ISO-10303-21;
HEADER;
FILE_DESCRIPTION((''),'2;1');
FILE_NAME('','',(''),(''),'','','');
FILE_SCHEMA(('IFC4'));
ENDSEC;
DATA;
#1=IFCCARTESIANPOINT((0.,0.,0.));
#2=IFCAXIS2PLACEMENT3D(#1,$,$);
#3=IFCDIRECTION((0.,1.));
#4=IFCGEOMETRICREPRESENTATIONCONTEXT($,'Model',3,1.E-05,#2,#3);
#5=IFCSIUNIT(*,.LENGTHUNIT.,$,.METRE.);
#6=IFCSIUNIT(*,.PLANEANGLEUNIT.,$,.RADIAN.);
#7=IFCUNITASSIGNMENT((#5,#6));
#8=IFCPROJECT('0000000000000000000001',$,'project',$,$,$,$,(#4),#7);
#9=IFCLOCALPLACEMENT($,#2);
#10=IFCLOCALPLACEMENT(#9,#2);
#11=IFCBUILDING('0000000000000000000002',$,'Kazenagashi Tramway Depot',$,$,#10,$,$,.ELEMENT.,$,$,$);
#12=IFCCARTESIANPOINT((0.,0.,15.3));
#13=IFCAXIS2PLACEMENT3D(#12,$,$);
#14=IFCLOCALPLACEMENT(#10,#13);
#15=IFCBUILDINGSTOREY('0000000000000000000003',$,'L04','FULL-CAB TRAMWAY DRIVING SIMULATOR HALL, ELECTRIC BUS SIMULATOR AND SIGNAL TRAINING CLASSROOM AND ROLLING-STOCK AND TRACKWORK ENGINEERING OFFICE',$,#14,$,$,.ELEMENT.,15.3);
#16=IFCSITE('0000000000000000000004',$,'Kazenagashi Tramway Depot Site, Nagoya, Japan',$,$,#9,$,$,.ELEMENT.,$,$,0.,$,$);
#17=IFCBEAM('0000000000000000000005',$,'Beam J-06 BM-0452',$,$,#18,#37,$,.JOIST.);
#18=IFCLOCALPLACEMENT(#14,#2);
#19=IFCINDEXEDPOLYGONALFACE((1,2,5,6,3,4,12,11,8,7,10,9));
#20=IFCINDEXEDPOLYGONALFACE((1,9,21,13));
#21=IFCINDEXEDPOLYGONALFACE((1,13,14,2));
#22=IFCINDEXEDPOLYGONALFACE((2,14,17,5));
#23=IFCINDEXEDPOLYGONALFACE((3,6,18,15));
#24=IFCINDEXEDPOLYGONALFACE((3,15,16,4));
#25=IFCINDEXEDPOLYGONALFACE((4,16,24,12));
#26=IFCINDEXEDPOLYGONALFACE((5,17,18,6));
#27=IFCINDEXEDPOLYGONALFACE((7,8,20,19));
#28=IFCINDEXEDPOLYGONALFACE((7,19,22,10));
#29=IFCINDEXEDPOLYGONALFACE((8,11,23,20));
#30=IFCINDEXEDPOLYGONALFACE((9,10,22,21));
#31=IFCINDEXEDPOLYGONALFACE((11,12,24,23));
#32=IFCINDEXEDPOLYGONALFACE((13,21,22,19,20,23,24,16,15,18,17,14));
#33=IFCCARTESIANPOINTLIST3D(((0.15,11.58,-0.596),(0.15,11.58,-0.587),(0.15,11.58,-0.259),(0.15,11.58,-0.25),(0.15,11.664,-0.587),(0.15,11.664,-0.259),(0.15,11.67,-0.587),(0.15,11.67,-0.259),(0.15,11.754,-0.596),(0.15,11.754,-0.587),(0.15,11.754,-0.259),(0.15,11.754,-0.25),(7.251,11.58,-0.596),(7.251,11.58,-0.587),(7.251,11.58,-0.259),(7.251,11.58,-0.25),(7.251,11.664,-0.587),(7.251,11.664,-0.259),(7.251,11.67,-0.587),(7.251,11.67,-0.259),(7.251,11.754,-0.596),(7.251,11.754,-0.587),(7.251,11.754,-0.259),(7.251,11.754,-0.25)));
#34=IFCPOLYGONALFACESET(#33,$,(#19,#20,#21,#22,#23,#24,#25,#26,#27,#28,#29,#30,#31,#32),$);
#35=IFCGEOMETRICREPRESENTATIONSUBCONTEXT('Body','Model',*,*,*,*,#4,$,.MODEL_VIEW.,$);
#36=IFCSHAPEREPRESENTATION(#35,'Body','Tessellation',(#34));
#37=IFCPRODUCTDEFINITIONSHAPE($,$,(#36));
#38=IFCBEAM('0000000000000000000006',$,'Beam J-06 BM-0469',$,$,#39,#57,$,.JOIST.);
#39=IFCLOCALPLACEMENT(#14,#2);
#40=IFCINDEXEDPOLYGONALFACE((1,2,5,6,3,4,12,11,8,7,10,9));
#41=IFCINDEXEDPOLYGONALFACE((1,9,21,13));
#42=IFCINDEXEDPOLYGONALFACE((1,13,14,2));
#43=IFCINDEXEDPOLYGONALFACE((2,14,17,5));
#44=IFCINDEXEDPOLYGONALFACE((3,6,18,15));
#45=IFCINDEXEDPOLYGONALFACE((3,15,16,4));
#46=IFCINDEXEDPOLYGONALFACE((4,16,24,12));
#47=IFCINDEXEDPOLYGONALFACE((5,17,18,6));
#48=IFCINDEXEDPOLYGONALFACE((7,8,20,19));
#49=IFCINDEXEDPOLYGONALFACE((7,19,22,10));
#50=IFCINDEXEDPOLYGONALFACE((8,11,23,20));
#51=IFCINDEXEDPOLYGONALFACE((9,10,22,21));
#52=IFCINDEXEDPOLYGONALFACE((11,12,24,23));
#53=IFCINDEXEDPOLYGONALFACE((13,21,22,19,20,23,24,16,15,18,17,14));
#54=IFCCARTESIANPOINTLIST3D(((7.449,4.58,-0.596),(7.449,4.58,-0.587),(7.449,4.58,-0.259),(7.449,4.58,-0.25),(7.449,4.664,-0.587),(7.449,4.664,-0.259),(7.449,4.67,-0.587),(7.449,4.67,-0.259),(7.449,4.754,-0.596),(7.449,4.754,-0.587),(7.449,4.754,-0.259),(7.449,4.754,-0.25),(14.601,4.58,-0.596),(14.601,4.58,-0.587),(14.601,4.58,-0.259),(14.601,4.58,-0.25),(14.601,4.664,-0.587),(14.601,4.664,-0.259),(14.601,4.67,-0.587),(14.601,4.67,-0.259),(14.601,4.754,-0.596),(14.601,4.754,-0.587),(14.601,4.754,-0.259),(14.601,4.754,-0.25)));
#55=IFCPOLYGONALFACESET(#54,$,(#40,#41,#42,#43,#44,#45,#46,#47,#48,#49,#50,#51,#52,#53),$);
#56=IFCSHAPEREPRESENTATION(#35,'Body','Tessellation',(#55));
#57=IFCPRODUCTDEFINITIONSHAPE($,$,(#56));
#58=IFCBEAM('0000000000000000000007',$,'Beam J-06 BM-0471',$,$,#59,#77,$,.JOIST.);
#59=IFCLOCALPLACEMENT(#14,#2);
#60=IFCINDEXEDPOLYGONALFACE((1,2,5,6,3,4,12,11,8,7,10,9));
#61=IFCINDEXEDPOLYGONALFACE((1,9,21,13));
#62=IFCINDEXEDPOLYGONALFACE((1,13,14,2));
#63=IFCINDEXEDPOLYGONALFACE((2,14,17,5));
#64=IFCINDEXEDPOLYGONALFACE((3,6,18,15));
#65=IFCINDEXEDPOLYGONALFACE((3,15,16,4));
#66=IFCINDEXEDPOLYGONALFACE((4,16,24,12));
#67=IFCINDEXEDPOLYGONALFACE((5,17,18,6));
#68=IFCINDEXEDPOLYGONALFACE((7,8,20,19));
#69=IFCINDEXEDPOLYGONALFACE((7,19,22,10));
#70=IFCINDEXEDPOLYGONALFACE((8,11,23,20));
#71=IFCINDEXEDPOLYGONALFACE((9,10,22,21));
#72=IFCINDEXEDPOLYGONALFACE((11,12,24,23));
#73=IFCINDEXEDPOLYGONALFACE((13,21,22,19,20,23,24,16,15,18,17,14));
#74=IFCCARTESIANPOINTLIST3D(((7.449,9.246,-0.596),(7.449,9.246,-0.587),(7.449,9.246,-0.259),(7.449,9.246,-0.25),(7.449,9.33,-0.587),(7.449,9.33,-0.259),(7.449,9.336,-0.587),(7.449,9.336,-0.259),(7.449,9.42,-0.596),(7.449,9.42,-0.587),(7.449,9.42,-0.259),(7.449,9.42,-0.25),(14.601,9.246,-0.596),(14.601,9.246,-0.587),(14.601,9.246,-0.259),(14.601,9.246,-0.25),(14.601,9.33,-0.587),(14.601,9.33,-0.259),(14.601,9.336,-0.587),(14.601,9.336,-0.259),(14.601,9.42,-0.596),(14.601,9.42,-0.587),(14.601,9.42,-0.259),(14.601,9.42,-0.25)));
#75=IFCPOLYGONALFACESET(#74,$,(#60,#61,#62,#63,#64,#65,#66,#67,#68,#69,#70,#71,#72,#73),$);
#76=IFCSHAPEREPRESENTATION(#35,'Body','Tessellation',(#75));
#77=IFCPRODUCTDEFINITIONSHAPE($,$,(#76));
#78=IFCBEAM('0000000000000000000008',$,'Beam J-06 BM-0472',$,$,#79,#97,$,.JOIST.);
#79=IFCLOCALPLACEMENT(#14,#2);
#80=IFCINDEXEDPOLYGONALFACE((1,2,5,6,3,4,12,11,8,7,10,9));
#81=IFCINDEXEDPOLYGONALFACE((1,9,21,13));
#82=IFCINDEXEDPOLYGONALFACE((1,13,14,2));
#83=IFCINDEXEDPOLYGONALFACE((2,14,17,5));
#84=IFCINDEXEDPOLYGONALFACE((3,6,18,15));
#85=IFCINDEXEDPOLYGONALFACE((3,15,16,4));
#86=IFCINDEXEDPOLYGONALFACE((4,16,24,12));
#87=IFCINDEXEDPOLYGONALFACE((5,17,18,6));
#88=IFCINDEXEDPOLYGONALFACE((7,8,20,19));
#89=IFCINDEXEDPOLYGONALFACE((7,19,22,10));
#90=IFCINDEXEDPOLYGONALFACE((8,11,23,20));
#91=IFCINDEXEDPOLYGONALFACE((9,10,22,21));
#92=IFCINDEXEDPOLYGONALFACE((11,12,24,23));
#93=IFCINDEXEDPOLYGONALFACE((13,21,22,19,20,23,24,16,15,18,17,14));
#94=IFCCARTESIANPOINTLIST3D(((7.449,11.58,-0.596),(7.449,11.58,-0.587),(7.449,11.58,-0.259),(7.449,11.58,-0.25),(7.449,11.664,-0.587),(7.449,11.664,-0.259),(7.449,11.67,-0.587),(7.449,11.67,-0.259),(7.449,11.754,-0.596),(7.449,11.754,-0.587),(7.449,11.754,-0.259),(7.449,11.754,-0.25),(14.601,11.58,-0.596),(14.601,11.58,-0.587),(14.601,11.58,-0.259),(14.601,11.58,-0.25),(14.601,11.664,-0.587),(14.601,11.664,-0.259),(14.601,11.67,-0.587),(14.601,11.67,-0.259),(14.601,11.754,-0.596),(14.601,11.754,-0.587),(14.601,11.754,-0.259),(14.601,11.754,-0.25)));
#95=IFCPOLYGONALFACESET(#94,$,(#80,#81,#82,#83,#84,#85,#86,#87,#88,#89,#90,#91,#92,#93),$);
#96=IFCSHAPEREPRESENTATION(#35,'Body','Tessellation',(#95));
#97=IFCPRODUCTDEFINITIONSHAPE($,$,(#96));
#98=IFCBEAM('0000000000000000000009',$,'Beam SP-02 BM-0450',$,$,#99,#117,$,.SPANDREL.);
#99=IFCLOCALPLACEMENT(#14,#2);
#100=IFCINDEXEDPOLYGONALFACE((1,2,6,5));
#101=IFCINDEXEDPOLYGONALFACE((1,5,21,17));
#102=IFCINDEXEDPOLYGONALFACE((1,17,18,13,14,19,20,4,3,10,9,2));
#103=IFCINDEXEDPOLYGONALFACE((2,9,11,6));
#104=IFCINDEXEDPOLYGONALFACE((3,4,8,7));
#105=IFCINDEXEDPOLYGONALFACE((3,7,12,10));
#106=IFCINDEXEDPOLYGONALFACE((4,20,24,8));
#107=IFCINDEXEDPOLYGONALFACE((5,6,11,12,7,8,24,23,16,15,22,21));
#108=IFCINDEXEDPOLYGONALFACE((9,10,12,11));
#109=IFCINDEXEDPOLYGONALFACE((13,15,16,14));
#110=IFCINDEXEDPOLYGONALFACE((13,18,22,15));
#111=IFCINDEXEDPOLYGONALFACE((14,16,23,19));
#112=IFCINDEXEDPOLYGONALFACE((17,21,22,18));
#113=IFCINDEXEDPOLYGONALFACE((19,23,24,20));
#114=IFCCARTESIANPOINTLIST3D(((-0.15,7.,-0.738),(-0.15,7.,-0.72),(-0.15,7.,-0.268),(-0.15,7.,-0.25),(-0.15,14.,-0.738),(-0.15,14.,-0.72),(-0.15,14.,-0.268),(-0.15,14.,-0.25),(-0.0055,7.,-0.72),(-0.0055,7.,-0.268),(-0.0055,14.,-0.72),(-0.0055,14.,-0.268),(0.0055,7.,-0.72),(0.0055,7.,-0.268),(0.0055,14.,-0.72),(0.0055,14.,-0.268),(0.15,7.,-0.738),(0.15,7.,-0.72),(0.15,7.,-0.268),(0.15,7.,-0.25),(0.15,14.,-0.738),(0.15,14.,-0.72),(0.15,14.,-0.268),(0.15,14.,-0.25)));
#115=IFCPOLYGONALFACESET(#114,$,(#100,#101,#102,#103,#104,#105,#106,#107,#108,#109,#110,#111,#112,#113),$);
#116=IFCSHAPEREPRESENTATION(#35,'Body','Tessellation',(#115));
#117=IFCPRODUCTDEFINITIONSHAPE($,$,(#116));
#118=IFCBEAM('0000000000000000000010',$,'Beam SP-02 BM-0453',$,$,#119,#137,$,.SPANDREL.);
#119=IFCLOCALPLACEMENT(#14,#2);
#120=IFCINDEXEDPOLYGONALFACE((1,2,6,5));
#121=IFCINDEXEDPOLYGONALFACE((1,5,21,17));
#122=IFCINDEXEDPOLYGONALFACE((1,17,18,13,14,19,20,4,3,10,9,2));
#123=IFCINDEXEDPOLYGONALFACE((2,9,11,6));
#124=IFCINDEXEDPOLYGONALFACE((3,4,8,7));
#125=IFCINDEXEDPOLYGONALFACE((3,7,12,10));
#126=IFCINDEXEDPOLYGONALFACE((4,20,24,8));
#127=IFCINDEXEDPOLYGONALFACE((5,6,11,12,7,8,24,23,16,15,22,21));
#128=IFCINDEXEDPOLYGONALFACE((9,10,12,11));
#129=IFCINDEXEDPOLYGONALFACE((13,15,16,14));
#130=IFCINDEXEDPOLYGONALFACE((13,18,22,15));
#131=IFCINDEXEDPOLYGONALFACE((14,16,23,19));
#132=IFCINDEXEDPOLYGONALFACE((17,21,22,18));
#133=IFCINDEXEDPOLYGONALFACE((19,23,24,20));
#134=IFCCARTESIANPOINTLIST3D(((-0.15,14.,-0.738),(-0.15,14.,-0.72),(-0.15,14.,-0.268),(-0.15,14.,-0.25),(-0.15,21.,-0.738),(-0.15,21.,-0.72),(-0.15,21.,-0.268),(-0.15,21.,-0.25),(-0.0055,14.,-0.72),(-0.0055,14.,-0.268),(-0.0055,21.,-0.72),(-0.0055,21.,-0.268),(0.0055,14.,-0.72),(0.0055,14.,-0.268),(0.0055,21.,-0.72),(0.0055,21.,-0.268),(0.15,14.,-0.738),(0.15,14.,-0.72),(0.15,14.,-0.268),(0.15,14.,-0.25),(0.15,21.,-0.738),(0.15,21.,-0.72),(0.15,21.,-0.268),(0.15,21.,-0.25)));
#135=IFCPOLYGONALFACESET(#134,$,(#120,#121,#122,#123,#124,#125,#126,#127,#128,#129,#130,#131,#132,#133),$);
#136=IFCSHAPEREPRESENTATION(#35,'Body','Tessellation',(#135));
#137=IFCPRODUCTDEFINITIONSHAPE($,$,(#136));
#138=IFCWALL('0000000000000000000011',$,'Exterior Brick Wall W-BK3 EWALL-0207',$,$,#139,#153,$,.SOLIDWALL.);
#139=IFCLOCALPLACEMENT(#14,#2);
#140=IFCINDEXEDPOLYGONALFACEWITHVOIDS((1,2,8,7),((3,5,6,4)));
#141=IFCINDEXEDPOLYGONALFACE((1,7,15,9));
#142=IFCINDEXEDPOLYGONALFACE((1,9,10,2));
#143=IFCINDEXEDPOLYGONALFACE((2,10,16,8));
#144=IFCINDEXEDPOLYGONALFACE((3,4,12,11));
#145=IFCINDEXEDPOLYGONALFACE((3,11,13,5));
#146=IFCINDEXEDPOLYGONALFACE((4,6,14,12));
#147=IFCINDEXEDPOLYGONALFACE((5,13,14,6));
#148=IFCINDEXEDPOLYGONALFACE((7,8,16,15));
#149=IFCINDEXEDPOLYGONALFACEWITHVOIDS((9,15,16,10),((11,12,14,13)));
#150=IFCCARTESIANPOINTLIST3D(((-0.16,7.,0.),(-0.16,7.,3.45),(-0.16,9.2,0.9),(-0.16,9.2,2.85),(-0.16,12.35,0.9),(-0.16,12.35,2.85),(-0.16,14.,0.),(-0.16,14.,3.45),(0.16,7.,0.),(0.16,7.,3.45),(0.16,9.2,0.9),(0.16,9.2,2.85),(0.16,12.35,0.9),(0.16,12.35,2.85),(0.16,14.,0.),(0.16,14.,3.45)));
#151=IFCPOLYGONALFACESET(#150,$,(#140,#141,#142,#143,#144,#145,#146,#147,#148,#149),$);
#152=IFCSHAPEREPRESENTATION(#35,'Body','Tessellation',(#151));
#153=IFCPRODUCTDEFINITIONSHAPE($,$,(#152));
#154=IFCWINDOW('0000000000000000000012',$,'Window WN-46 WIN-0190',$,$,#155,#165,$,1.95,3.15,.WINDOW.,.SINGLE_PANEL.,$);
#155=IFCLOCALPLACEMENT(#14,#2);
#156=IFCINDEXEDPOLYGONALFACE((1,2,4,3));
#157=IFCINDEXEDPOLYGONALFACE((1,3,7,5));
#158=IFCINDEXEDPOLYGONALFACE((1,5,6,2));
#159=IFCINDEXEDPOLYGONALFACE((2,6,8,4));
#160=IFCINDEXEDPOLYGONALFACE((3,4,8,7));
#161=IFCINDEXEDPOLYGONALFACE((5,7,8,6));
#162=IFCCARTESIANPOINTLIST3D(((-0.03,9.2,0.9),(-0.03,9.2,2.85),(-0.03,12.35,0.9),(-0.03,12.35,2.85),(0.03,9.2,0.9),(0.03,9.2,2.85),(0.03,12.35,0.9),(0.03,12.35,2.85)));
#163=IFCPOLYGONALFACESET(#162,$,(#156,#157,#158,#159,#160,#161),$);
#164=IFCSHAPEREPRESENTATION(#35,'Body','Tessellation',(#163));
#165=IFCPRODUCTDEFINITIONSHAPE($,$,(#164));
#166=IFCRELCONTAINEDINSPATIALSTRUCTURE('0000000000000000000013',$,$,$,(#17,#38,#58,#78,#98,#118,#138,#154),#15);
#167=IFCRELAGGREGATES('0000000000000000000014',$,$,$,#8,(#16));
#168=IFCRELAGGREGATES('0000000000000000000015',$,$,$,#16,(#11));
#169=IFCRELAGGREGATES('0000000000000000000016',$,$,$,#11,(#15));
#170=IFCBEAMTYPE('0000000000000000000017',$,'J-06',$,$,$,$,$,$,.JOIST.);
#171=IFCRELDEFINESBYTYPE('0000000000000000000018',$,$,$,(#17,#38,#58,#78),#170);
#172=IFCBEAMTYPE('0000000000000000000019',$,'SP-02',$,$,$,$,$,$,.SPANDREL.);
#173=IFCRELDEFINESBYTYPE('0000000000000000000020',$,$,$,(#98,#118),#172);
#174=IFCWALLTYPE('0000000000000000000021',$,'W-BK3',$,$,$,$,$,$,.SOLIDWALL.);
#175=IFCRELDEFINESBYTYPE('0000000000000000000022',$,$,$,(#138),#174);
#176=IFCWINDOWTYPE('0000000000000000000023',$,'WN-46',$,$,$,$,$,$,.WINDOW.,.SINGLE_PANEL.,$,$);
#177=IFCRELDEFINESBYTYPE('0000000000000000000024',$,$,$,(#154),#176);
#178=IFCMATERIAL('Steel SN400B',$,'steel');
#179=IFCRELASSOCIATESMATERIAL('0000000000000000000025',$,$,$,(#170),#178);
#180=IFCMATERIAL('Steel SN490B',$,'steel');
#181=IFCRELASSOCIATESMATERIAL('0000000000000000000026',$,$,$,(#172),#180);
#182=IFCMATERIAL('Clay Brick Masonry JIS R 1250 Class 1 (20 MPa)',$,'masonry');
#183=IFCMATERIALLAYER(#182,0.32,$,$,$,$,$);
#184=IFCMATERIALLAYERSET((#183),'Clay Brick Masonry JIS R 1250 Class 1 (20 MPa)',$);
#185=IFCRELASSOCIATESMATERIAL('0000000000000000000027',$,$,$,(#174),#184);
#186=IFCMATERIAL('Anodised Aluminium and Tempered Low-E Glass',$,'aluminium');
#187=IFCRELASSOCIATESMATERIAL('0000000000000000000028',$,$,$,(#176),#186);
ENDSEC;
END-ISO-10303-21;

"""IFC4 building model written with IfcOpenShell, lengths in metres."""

from ifc_helpers import new_model, si_unit, direction, frame, frame_2d, origin, origin_2d, place, context, subcontext, project, spatial, rectangle, i_section, extrude, material, layer, layer_set, material_profile, profile_set, type_object, element, fill, save


model = new_model("IFC4")

# Units and contexts
model_context = context("Model", 3, precision=1e-05, world=origin(), true_north=direction((0.0, 1.0)))
body_context = subcontext(model_context, "Body", "Model", "MODEL_VIEW")
ifc_project = project(units=[si_unit("LENGTHUNIT", "METRE"), si_unit("PLANEANGLEUNIT", "RADIAN")], contexts=[model_context])

# Site, building, storey
site_placement = place(None, origin())
site = spatial("IfcSite", under=ifc_project, at=site_placement, Name="Kazenagashi Tramway Depot Site, Nagoya, Japan", CompositionType="ELEMENT", RefElevation=0.0)
building_placement = place(site_placement, origin())
building = spatial("IfcBuilding", under=site, at=building_placement, Name="Kazenagashi Tramway Depot", CompositionType="ELEMENT")
storey_placement = place(building_placement, frame((0.0, 0.0, 15.3)))
storey = spatial("IfcBuildingStorey", under=building, at=storey_placement, Name="L04", Description="FULL-CAB TRAMWAY DRIVING SIMULATOR HALL, ELECTRIC BUS SIMULATOR AND SIGNAL TRAINING CLASSROOM AND ROLLING-STOCK AND TRACKWORK ENGINEERING OFFICE", CompositionType="ELEMENT", Elevation=15.3)

# Shared definitions
ifc_material_1 = material(Name="Steel SN490B", Category="steel")

# Beams
ifc_material_2 = material(Name="Steel SN400B", Category="steel")
ifc_material_profile_1 = material_profile(ifc_material_2, i_section(OverallWidth=0.174, OverallDepth=0.346, WebThickness=0.006, FlangeThickness=0.009, at=origin_2d()), Name="H-346x174x6x9")
ifc_profile_set_1 = profile_set([ifc_material_profile_1], Name="Steel SN400B")
beam_type_1 = type_object("IfcBeamType", Name="J-06", PredefinedType="JOIST", material=ifc_profile_set_1)
for number, where, z_axis, x_axis, name in (
    (1, (0.15, 11.667, -0.423), (1.0, 0.0, 0.0), (0.0, 1.0, 0.0), "Beam J-06 BM-0452"),
):
    element("IfcBeam", number, at=place(storey_placement, frame(where, z_axis=z_axis, x_axis=x_axis)), inside=storey, type_object=beam_type_1, Name=name, PredefinedType="JOIST", context=body_context, shape_type="SweptSolid", body=[
        extrude(i_section(OverallWidth=0.174, OverallDepth=0.346, WebThickness=0.006, FlangeThickness=0.009, at=origin_2d()), origin(), (0.0, 0.0, 1.0), 7.101),
    ])
for number, where, z_axis, x_axis, name in (
    (2, (7.449, 4.667, -0.423), (1.0, 0.0, 0.0), (0.0, 1.0, 0.0), "Beam J-06 BM-0469"),
    (3, (7.449, 9.333, -0.423), (1.0, 0.0, 0.0), (0.0, 1.0, 0.0), "Beam J-06 BM-0471"),
    (4, (7.449, 11.667, -0.423), (1.0, 0.0, 0.0), (0.0, 1.0, 0.0), "Beam J-06 BM-0472"),
):
    element("IfcBeam", number, at=place(storey_placement, frame(where, z_axis=z_axis, x_axis=x_axis)), inside=storey, type_object=beam_type_1, Name=name, PredefinedType="JOIST", context=body_context, shape_type="SweptSolid", body=[
        extrude(i_section(OverallWidth=0.174, OverallDepth=0.346, WebThickness=0.006, FlangeThickness=0.009, at=origin_2d()), origin(), (0.0, 0.0, 1.0), 7.152),
    ])
ifc_material_profile_2 = material_profile(ifc_material_1, i_section(OverallWidth=0.3, OverallDepth=0.488, WebThickness=0.011, FlangeThickness=0.018, at=origin_2d()), Name="H-488x300x11x18")
ifc_profile_set_2 = profile_set([ifc_material_profile_2], Name="Steel SN490B")
beam_type_2 = type_object("IfcBeamType", Name="SP-02", PredefinedType="SPANDREL", material=ifc_profile_set_2)
for number, where, z_axis, x_axis, name in (
    (5, (0.0, 7.0, -0.494), (0.0, 1.0, 0.0), (-1.0, 0.0, 0.0), "Beam SP-02 BM-0450"),
    (6, (0.0, 14.0, -0.494), (0.0, 1.0, 0.0), (-1.0, 0.0, 0.0), "Beam SP-02 BM-0453"),
):
    element("IfcBeam", number, at=place(storey_placement, frame(where, z_axis=z_axis, x_axis=x_axis)), inside=storey, type_object=beam_type_2, Name=name, PredefinedType="SPANDREL", context=body_context, shape_type="SweptSolid", body=[
        extrude(i_section(OverallWidth=0.3, OverallDepth=0.488, WebThickness=0.011, FlangeThickness=0.018, at=origin_2d()), origin(), (0.0, 0.0, 1.0), 7.0),
    ])

# Wall, opening, window
ifc_material_3 = material(Name="Clay Brick Masonry JIS R 1250 Class 1 (20 MPa)", Category="masonry")
ifc_layer_1 = layer(ifc_material_3, 0.32)
ifc_layer_set_1 = layer_set([ifc_layer_1], Name="Clay Brick Masonry JIS R 1250 Class 1 (20 MPa)")
wall_type_1 = type_object("IfcWallType", Name="W-BK3", PredefinedType="SOLIDWALL", material=ifc_layer_set_1)
wall_1_placement = place(storey_placement, frame((0.0, 7.0, 0.0), z_axis=(0.0, 0.0, 1.0), x_axis=(0.0, 1.0, 0.0)))
wall_1 = element("IfcWall", 7, at=wall_1_placement, inside=storey, type_object=wall_type_1, Name="Exterior Brick Wall W-BK3 EWALL-0207", PredefinedType="SOLIDWALL", context=body_context, shape_type="SweptSolid", body=[
    extrude(rectangle(XDim=7.0, YDim=0.32, at=frame_2d((3.5, 0.0))), origin(), (0.0, 0.0, 1.0), 3.45),
])
opening_1_placement = place(wall_1_placement, frame((2.2, 0.0, 0.9)))
opening_1 = element("IfcOpeningElement", 8, at=opening_1_placement, cuts=wall_1, PredefinedType="OPENING", context=body_context, shape_type="SweptSolid", body=[
    extrude(rectangle(XDim=3.15, YDim=1.95, at=frame_2d((1.575, 0.975))), frame((0.0, 0.17, 0.0), z_axis=(0.0, -1.0, 0.0), x_axis=(1.0, 0.0, 0.0)), (0.0, 0.0, 1.0), 0.34),
])
ifc_material_4 = material(Name="Anodised Aluminium and Tempered Low-E Glass", Category="aluminium")
window_type = type_object("IfcWindowType", Name="WN-46", PartitioningType="SINGLE_PANEL", PredefinedType="WINDOW", material=ifc_material_4)
window_placement = place(opening_1_placement, origin())
window = element("IfcWindow", 9, at=window_placement, inside=storey, type_object=window_type, Name="Window WN-46 WIN-0190", OverallHeight=1.95, OverallWidth=3.15, PartitioningType="SINGLE_PANEL", PredefinedType="WINDOW", context=body_context, shape_type="SweptSolid", body=[
    extrude(rectangle(XDim=3.15, YDim=1.95, at=frame_2d((1.575, 0.975))), frame((0.0, 0.03, 0.0), z_axis=(0.0, -1.0, 0.0), x_axis=(1.0, 0.0, 0.0)), (0.0, 0.0, 1.0), 0.06),
])
fill(opening_1, window)

save(model, "model.ifc")
